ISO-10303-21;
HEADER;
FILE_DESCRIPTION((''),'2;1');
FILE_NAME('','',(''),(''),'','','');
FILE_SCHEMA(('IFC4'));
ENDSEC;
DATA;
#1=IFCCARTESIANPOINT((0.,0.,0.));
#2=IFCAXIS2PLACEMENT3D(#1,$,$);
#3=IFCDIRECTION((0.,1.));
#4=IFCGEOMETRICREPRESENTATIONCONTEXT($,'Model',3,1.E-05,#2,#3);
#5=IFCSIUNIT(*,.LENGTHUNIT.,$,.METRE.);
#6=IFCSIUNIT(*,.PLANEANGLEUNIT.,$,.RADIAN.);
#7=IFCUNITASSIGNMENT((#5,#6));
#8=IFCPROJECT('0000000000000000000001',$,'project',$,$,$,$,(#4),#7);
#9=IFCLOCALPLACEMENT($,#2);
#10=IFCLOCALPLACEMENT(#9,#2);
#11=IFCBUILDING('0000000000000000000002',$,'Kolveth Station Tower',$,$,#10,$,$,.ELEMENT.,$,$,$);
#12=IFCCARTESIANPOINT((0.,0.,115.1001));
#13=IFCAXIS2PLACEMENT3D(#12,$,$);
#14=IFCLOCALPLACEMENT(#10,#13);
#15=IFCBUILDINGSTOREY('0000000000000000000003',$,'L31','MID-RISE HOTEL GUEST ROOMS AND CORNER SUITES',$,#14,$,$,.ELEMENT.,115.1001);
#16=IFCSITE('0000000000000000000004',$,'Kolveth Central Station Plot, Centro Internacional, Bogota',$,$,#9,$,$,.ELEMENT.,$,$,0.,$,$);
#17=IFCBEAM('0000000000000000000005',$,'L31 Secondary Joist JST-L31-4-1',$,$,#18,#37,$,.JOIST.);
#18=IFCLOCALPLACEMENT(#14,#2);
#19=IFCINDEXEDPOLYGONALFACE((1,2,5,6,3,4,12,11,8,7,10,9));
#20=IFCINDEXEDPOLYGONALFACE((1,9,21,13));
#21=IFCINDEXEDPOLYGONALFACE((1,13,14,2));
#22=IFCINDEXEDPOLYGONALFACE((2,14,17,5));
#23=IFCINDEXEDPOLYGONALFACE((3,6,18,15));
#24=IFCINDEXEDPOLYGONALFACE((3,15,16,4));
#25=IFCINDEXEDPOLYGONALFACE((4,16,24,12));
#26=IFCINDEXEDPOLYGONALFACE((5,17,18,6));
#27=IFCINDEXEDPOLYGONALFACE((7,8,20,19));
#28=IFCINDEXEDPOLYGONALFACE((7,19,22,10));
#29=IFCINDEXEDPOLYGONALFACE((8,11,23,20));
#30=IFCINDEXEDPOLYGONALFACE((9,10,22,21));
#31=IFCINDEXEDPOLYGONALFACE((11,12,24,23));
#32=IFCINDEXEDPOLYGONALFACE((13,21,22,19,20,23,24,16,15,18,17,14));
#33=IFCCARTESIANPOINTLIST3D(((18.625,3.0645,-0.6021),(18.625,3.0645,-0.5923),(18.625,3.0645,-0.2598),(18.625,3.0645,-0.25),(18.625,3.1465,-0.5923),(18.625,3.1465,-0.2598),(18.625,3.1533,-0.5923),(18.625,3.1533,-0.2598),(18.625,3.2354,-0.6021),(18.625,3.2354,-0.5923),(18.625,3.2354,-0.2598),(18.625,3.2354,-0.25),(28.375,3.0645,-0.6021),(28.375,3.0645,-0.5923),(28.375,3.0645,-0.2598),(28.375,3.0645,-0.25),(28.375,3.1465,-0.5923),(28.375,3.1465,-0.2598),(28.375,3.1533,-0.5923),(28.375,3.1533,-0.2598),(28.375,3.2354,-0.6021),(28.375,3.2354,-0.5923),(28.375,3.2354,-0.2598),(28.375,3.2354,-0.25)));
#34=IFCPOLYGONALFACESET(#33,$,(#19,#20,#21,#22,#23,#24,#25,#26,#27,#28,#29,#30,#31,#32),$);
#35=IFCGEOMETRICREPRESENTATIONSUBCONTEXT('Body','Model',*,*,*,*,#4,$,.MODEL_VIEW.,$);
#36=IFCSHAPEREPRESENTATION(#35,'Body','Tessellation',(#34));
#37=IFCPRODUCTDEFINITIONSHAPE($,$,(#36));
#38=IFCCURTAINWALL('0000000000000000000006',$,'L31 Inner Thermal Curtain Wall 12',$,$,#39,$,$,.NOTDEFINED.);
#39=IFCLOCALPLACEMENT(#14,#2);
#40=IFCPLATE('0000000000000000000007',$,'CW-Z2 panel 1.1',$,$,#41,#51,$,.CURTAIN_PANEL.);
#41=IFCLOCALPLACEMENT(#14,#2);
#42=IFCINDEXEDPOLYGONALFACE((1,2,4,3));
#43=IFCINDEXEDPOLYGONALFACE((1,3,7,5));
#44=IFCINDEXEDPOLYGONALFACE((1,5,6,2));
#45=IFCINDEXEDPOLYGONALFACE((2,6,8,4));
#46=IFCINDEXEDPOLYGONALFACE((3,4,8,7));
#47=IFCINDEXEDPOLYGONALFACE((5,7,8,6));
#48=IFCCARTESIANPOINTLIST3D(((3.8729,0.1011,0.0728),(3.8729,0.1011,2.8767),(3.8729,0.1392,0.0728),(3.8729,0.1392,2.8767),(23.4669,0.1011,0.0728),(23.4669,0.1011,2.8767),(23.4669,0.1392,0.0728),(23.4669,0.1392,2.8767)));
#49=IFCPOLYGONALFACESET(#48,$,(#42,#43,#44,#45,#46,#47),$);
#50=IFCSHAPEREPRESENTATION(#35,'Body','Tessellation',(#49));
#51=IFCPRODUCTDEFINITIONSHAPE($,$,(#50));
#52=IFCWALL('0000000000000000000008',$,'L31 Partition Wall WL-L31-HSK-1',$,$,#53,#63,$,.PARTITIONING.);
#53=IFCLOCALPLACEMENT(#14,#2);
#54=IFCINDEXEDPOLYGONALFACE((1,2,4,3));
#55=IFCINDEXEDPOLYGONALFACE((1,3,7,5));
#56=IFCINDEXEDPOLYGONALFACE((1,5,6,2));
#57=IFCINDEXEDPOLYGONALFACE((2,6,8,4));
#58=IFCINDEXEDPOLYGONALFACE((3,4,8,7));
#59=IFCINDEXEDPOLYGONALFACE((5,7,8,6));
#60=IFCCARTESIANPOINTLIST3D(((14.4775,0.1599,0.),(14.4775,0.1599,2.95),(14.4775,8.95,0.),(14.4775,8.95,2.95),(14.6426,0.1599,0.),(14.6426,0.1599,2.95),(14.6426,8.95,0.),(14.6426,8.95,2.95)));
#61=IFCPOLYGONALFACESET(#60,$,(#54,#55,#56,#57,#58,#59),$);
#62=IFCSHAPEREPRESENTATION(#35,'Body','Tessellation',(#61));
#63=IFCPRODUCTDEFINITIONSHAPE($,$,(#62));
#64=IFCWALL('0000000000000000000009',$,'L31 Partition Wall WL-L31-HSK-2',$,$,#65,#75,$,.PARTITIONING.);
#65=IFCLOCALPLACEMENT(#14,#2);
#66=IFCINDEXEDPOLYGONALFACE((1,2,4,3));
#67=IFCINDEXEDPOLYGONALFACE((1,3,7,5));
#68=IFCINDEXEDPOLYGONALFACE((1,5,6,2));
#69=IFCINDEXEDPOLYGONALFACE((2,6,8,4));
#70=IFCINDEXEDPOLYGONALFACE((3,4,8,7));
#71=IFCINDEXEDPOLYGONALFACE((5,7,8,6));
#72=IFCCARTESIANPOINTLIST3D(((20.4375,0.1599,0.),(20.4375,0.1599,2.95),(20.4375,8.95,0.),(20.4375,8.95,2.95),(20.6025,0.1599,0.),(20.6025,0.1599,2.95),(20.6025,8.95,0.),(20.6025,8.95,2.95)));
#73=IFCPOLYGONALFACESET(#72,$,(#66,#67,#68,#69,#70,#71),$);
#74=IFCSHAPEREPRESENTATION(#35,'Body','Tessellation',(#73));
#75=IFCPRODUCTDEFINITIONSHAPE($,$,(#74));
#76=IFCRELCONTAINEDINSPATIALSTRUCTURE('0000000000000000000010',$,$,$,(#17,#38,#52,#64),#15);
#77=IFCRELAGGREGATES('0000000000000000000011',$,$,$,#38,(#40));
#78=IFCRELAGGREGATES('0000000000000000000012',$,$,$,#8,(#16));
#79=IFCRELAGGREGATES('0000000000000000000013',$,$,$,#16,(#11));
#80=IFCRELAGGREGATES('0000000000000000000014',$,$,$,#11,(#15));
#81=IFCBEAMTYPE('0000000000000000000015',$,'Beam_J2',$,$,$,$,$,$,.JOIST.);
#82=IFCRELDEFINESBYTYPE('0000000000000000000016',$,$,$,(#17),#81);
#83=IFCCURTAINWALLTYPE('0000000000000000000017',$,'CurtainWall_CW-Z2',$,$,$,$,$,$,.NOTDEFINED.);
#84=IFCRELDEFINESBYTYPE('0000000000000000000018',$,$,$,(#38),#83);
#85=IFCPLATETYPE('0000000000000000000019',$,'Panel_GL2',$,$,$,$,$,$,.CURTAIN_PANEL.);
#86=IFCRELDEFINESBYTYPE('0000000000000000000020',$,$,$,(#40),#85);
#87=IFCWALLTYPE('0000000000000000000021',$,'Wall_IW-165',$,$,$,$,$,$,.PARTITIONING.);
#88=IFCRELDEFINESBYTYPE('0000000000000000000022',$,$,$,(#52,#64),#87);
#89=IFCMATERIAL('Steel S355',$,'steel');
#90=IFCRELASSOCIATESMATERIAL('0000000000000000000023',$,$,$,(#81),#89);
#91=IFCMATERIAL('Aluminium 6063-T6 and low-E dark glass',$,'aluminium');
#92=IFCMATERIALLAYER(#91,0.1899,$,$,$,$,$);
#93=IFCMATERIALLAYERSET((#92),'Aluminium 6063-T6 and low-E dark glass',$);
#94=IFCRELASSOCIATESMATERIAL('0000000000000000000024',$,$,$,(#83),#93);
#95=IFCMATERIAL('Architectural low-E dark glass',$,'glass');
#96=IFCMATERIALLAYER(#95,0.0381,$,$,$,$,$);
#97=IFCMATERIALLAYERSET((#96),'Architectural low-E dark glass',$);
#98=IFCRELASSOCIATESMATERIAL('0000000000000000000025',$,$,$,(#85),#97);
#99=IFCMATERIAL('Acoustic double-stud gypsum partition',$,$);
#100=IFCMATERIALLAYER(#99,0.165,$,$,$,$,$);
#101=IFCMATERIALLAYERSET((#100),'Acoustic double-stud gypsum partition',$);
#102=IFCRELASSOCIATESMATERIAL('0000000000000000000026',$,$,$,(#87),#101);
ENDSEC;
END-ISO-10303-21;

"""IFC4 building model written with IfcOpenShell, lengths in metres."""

from ifc_helpers import new_model, si_unit, direction, frame, frame_2d, origin, origin_2d, place, context, subcontext, project, spatial, rectangle, i_section, extrude, source, transform, mapped, material, layer, layer_set, material_profile, profile_set, type_object, element, aggregate, save


model = new_model("IFC4")

# Units and contexts
model_context = context("Model", 3, precision=1e-05, world=origin(), true_north=direction((0.0, 1.0)))
body_context = subcontext(model_context, "Body", "Model", "MODEL_VIEW")
ifc_project = project(units=[si_unit("LENGTHUNIT", "METRE"), si_unit("PLANEANGLEUNIT", "RADIAN")], contexts=[model_context])

# Site, building, storey
site_placement = place(None, origin())
site = spatial("IfcSite", under=ifc_project, at=site_placement, Name="Kolveth Central Station Plot, Centro Internacional, Bogota", CompositionType="ELEMENT", RefElevation=0.0)
building_placement = place(site_placement, origin())
building = spatial("IfcBuilding", under=site, at=building_placement, Name="Kolveth Station Tower", CompositionType="ELEMENT")
storey_placement = place(building_placement, frame((0.0, 0.0, 115.1001)))
storey = spatial("IfcBuildingStorey", under=building, at=storey_placement, Name="L31", Description="MID-RISE HOTEL GUEST ROOMS AND CORNER SUITES", CompositionType="ELEMENT", Elevation=115.1001)

# Beam
ifc_material_1 = material(Name="Steel S355", Category="steel")
ifc_material_profile_1 = material_profile(ifc_material_1, i_section(OverallWidth=0.1709, OverallDepth=0.3521, WebThickness=0.0068, FlangeThickness=0.0098, at=origin_2d()), Name="W360x44")
ifc_profile_set_1 = profile_set([ifc_material_profile_1], Name="Steel S355")
beam_type_1 = type_object("IfcBeamType", Name="Beam_J2", PredefinedType="JOIST", material=ifc_profile_set_1)
shared_shape_1 = source(origin(), body_context, "Body", "SweptSolid", [
    extrude(i_section(OverallWidth=0.1709, OverallDepth=0.3521, WebThickness=0.0068, FlangeThickness=0.0098, at=origin_2d()), origin(), (0.0, 0.0, 1.0), 9.75),
])
beam_1_placement = place(storey_placement, frame((18.625, 3.1499, -0.426), z_axis=(1.0, 0.0, 0.0), x_axis=(0.0, 1.0, 0.0)))
element("IfcBeam", 1, at=beam_1_placement, inside=storey, type_object=beam_type_1, Name="L31 Secondary Joist JST-L31-4-1", PredefinedType="JOIST", context=body_context, shape_type="MappedRepresentation", body=[
    mapped(shared_shape_1, transform((0.0, 0.0, 0.0), x_axis=(1.0, 0.0, 0.0), y_axis=(0.0, 1.0, 0.0), z_axis=(0.0, 0.0, 1.0), scale=1.0)),
])

# Curtain wall, plate
ifc_material_2 = material(Name="Aluminium 6063-T6 and low-E dark glass", Category="aluminium")
ifc_layer_1 = layer(ifc_material_2, 0.1899)
ifc_layer_set_1 = layer_set([ifc_layer_1], Name="Aluminium 6063-T6 and low-E dark glass")
curtain_wall_type = type_object("IfcCurtainWallType", Name="CurtainWall_CW-Z2", PredefinedType="NOTDEFINED", material=ifc_layer_set_1)
curtain_wall_placement = place(storey_placement, origin())
curtain_wall = element("IfcCurtainWall", 2, at=curtain_wall_placement, inside=storey, type_object=curtain_wall_type, Name="L31 Inner Thermal Curtain Wall 12", PredefinedType="NOTDEFINED")
ifc_material_3 = material(Name="Architectural low-E dark glass", Category="glass")
ifc_layer_2 = layer(ifc_material_3, 0.0381)
ifc_layer_set_2 = layer_set([ifc_layer_2], Name="Architectural low-E dark glass")
plate_type = type_object("IfcPlateType", Name="Panel_GL2", PredefinedType="CURTAIN_PANEL", material=ifc_layer_set_2)
shared_shape_2 = source(origin(), body_context, "Body", "SweptSolid", [
    extrude(rectangle(XDim=19.594, YDim=0.0381, at=origin_2d()), origin(), (0.0, 0.0, 1.0), 2.804),
])
plate_placement = place(storey_placement, frame((13.6699, 0.1201, 0.0728), z_axis=(0.0, 0.0, 1.0), x_axis=(1.0, 0.0, 0.0)))
plate = element("IfcPlate", 3, at=plate_placement, type_object=plate_type, Name="CW-Z2 panel 1.1", PredefinedType="CURTAIN_PANEL", context=body_context, shape_type="MappedRepresentation", body=[
    mapped(shared_shape_2, transform((0.0, 0.0, 0.0), x_axis=(1.0, 0.0, 0.0), y_axis=(0.0, 1.0, 0.0), z_axis=(0.0, 0.0, 1.0), scale=1.0)),
])
aggregate(curtain_wall, [plate])

# Walls
ifc_material_4 = material(Name="Acoustic double-stud gypsum partition")
ifc_layer_3 = layer(ifc_material_4, 0.165)
ifc_layer_set_3 = layer_set([ifc_layer_3], Name="Acoustic double-stud gypsum partition")
wall_type = type_object("IfcWallType", Name="Wall_IW-165", PredefinedType="PARTITIONING", material=ifc_layer_set_3)
for number, where, z_axis, x_axis, name in (
    (4, (14.5601, 0.1599, 0.0), (0.0, 0.0, 1.0), (0.0, 1.0, 0.0), "L31 Partition Wall WL-L31-HSK-1"),
    (5, (20.52, 0.1599, 0.0), (0.0, 0.0, 1.0), (0.0, 1.0, 0.0), "L31 Partition Wall WL-L31-HSK-2"),
):
    element("IfcWall", number, at=place(storey_placement, frame(where, z_axis=z_axis, x_axis=x_axis)), inside=storey, type_object=wall_type, Name=name, PredefinedType="PARTITIONING", context=body_context, shape_type="SweptSolid", body=[
        extrude(rectangle(XDim=8.79, YDim=0.165, at=frame_2d((4.395, 0.0))), origin(), (0.0, 0.0, 1.0), 2.95),
    ])

save(model, "model.ifc")
